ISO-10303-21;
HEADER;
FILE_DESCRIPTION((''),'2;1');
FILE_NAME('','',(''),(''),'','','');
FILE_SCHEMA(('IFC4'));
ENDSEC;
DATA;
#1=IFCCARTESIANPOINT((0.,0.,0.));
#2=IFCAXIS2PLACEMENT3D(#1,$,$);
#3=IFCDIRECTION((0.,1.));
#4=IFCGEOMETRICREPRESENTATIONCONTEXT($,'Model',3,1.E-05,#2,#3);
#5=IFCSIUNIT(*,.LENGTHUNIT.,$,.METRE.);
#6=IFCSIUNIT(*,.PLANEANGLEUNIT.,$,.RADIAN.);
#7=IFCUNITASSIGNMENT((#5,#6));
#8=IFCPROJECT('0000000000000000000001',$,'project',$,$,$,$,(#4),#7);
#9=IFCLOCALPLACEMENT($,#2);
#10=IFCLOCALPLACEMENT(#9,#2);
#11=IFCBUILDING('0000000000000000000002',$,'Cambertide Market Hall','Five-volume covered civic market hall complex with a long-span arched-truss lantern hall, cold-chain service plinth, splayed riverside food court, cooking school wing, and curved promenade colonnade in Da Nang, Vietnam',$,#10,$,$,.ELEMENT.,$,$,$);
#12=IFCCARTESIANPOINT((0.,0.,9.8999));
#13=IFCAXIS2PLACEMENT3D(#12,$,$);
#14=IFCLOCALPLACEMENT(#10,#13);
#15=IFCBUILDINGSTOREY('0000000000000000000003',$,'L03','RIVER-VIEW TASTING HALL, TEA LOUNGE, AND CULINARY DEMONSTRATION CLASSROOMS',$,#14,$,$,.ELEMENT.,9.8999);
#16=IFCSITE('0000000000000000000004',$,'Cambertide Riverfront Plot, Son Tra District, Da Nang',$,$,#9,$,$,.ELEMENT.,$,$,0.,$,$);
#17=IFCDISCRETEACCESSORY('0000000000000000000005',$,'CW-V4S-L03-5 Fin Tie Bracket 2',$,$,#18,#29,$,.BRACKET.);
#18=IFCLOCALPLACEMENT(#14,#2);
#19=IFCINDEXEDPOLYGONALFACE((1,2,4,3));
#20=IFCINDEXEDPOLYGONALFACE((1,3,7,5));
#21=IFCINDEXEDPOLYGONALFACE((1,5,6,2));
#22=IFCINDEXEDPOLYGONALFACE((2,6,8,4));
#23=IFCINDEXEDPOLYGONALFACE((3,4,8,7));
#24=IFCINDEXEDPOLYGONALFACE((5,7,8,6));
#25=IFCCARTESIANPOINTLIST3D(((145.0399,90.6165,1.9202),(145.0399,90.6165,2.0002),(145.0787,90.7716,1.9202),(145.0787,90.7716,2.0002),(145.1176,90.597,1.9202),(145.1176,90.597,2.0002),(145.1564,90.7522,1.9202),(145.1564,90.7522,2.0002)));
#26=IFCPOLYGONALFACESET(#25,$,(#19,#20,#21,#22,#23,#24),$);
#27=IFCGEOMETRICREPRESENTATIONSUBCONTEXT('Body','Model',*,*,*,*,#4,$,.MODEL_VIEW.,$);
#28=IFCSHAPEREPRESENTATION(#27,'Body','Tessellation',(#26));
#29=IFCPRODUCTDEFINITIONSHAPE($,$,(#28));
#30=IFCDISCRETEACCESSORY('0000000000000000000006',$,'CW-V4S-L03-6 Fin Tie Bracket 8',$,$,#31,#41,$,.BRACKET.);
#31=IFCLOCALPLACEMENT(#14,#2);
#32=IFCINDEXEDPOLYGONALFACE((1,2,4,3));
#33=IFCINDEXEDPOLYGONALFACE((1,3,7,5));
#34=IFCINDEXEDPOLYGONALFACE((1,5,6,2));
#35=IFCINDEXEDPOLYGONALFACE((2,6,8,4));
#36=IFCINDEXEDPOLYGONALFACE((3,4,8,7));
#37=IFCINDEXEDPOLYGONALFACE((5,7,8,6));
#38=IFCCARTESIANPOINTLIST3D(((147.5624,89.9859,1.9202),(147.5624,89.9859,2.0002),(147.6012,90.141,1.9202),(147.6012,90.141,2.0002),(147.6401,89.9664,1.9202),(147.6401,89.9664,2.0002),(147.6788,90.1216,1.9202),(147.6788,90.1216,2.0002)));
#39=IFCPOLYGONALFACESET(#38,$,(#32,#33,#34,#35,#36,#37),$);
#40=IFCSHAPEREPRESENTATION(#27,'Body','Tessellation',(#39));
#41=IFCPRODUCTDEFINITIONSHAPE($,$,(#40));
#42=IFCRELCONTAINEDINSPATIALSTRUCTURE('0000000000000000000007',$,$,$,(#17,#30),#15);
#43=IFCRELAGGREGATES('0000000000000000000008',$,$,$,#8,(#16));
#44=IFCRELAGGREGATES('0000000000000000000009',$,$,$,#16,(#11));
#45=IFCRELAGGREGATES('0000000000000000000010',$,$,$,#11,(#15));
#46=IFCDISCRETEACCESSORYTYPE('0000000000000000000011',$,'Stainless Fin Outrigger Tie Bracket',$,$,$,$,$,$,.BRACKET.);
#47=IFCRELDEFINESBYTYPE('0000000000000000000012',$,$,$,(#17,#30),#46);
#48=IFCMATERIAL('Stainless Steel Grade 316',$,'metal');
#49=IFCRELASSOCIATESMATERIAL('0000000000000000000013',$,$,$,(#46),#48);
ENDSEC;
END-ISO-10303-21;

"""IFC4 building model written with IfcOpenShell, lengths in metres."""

from ifc_helpers import new_model, si_unit, direction, frame, origin, origin_2d, place, context, subcontext, project, spatial, rectangle, extrude, material, type_object, element, save


model = new_model("IFC4")

# Units and contexts
model_context = context("Model", 3, precision=1e-05, world=origin(), true_north=direction((0.0, 1.0)))
body_context = subcontext(model_context, "Body", "Model", "MODEL_VIEW")
ifc_project = project(units=[si_unit("LENGTHUNIT", "METRE"), si_unit("PLANEANGLEUNIT", "RADIAN")], contexts=[model_context])

# Site, building, storey
site_placement = place(None, origin())
site = spatial("IfcSite", under=ifc_project, at=site_placement, Name="Cambertide Riverfront Plot, Son Tra District, Da Nang", CompositionType="ELEMENT", RefElevation=0.0)
building_placement = place(site_placement, origin())
building = spatial("IfcBuilding", under=site, at=building_placement, Name="Cambertide Market Hall", Description="Five-volume covered civic market hall complex with a long-span arched-truss lantern hall, cold-chain service plinth, splayed riverside food court, cooking school wing, and curved promenade colonnade in Da Nang, Vietnam", CompositionType="ELEMENT")
storey_placement = place(building_placement, frame((0.0, 0.0, 9.8999)))
storey = spatial("IfcBuildingStorey", under=building, at=storey_placement, Name="L03", Description="RIVER-VIEW TASTING HALL, TEA LOUNGE, AND CULINARY DEMONSTRATION CLASSROOMS", CompositionType="ELEMENT", Elevation=9.8999)

# Discrete accessories
ifc_material_1 = material(Name="Stainless Steel Grade 316", Category="metal")
discrete_accessory_type = type_object("IfcDiscreteAccessoryType", Name="Stainless Fin Outrigger Tie Bracket", PredefinedType="BRACKET", material=ifc_material_1)
for number, where, z_axis, x_axis, name in (
    (1, (145.0981, 90.6843, 1.9202), (0.0, 0.0, 1.0), (-0.970143, 0.242535, 0.0), "CW-V4S-L03-5 Fin Tie Bracket 2"),
    (2, (147.6206, 90.0537, 1.9202), (0.0, 0.0, 1.0), (-0.970143, 0.242535, 0.0), "CW-V4S-L03-6 Fin Tie Bracket 8"),
):
    element("IfcDiscreteAccessory", number, at=place(storey_placement, frame(where, z_axis=z_axis, x_axis=x_axis)), inside=storey, type_object=discrete_accessory_type, Name=name, PredefinedType="BRACKET", context=body_context, shape_type="SweptSolid", body=[
        extrude(rectangle(XDim=0.0801, YDim=0.1599, at=origin_2d()), origin(), (0.0, 0.0, 1.0), 0.0801),
    ])

save(model, "model.ifc")
